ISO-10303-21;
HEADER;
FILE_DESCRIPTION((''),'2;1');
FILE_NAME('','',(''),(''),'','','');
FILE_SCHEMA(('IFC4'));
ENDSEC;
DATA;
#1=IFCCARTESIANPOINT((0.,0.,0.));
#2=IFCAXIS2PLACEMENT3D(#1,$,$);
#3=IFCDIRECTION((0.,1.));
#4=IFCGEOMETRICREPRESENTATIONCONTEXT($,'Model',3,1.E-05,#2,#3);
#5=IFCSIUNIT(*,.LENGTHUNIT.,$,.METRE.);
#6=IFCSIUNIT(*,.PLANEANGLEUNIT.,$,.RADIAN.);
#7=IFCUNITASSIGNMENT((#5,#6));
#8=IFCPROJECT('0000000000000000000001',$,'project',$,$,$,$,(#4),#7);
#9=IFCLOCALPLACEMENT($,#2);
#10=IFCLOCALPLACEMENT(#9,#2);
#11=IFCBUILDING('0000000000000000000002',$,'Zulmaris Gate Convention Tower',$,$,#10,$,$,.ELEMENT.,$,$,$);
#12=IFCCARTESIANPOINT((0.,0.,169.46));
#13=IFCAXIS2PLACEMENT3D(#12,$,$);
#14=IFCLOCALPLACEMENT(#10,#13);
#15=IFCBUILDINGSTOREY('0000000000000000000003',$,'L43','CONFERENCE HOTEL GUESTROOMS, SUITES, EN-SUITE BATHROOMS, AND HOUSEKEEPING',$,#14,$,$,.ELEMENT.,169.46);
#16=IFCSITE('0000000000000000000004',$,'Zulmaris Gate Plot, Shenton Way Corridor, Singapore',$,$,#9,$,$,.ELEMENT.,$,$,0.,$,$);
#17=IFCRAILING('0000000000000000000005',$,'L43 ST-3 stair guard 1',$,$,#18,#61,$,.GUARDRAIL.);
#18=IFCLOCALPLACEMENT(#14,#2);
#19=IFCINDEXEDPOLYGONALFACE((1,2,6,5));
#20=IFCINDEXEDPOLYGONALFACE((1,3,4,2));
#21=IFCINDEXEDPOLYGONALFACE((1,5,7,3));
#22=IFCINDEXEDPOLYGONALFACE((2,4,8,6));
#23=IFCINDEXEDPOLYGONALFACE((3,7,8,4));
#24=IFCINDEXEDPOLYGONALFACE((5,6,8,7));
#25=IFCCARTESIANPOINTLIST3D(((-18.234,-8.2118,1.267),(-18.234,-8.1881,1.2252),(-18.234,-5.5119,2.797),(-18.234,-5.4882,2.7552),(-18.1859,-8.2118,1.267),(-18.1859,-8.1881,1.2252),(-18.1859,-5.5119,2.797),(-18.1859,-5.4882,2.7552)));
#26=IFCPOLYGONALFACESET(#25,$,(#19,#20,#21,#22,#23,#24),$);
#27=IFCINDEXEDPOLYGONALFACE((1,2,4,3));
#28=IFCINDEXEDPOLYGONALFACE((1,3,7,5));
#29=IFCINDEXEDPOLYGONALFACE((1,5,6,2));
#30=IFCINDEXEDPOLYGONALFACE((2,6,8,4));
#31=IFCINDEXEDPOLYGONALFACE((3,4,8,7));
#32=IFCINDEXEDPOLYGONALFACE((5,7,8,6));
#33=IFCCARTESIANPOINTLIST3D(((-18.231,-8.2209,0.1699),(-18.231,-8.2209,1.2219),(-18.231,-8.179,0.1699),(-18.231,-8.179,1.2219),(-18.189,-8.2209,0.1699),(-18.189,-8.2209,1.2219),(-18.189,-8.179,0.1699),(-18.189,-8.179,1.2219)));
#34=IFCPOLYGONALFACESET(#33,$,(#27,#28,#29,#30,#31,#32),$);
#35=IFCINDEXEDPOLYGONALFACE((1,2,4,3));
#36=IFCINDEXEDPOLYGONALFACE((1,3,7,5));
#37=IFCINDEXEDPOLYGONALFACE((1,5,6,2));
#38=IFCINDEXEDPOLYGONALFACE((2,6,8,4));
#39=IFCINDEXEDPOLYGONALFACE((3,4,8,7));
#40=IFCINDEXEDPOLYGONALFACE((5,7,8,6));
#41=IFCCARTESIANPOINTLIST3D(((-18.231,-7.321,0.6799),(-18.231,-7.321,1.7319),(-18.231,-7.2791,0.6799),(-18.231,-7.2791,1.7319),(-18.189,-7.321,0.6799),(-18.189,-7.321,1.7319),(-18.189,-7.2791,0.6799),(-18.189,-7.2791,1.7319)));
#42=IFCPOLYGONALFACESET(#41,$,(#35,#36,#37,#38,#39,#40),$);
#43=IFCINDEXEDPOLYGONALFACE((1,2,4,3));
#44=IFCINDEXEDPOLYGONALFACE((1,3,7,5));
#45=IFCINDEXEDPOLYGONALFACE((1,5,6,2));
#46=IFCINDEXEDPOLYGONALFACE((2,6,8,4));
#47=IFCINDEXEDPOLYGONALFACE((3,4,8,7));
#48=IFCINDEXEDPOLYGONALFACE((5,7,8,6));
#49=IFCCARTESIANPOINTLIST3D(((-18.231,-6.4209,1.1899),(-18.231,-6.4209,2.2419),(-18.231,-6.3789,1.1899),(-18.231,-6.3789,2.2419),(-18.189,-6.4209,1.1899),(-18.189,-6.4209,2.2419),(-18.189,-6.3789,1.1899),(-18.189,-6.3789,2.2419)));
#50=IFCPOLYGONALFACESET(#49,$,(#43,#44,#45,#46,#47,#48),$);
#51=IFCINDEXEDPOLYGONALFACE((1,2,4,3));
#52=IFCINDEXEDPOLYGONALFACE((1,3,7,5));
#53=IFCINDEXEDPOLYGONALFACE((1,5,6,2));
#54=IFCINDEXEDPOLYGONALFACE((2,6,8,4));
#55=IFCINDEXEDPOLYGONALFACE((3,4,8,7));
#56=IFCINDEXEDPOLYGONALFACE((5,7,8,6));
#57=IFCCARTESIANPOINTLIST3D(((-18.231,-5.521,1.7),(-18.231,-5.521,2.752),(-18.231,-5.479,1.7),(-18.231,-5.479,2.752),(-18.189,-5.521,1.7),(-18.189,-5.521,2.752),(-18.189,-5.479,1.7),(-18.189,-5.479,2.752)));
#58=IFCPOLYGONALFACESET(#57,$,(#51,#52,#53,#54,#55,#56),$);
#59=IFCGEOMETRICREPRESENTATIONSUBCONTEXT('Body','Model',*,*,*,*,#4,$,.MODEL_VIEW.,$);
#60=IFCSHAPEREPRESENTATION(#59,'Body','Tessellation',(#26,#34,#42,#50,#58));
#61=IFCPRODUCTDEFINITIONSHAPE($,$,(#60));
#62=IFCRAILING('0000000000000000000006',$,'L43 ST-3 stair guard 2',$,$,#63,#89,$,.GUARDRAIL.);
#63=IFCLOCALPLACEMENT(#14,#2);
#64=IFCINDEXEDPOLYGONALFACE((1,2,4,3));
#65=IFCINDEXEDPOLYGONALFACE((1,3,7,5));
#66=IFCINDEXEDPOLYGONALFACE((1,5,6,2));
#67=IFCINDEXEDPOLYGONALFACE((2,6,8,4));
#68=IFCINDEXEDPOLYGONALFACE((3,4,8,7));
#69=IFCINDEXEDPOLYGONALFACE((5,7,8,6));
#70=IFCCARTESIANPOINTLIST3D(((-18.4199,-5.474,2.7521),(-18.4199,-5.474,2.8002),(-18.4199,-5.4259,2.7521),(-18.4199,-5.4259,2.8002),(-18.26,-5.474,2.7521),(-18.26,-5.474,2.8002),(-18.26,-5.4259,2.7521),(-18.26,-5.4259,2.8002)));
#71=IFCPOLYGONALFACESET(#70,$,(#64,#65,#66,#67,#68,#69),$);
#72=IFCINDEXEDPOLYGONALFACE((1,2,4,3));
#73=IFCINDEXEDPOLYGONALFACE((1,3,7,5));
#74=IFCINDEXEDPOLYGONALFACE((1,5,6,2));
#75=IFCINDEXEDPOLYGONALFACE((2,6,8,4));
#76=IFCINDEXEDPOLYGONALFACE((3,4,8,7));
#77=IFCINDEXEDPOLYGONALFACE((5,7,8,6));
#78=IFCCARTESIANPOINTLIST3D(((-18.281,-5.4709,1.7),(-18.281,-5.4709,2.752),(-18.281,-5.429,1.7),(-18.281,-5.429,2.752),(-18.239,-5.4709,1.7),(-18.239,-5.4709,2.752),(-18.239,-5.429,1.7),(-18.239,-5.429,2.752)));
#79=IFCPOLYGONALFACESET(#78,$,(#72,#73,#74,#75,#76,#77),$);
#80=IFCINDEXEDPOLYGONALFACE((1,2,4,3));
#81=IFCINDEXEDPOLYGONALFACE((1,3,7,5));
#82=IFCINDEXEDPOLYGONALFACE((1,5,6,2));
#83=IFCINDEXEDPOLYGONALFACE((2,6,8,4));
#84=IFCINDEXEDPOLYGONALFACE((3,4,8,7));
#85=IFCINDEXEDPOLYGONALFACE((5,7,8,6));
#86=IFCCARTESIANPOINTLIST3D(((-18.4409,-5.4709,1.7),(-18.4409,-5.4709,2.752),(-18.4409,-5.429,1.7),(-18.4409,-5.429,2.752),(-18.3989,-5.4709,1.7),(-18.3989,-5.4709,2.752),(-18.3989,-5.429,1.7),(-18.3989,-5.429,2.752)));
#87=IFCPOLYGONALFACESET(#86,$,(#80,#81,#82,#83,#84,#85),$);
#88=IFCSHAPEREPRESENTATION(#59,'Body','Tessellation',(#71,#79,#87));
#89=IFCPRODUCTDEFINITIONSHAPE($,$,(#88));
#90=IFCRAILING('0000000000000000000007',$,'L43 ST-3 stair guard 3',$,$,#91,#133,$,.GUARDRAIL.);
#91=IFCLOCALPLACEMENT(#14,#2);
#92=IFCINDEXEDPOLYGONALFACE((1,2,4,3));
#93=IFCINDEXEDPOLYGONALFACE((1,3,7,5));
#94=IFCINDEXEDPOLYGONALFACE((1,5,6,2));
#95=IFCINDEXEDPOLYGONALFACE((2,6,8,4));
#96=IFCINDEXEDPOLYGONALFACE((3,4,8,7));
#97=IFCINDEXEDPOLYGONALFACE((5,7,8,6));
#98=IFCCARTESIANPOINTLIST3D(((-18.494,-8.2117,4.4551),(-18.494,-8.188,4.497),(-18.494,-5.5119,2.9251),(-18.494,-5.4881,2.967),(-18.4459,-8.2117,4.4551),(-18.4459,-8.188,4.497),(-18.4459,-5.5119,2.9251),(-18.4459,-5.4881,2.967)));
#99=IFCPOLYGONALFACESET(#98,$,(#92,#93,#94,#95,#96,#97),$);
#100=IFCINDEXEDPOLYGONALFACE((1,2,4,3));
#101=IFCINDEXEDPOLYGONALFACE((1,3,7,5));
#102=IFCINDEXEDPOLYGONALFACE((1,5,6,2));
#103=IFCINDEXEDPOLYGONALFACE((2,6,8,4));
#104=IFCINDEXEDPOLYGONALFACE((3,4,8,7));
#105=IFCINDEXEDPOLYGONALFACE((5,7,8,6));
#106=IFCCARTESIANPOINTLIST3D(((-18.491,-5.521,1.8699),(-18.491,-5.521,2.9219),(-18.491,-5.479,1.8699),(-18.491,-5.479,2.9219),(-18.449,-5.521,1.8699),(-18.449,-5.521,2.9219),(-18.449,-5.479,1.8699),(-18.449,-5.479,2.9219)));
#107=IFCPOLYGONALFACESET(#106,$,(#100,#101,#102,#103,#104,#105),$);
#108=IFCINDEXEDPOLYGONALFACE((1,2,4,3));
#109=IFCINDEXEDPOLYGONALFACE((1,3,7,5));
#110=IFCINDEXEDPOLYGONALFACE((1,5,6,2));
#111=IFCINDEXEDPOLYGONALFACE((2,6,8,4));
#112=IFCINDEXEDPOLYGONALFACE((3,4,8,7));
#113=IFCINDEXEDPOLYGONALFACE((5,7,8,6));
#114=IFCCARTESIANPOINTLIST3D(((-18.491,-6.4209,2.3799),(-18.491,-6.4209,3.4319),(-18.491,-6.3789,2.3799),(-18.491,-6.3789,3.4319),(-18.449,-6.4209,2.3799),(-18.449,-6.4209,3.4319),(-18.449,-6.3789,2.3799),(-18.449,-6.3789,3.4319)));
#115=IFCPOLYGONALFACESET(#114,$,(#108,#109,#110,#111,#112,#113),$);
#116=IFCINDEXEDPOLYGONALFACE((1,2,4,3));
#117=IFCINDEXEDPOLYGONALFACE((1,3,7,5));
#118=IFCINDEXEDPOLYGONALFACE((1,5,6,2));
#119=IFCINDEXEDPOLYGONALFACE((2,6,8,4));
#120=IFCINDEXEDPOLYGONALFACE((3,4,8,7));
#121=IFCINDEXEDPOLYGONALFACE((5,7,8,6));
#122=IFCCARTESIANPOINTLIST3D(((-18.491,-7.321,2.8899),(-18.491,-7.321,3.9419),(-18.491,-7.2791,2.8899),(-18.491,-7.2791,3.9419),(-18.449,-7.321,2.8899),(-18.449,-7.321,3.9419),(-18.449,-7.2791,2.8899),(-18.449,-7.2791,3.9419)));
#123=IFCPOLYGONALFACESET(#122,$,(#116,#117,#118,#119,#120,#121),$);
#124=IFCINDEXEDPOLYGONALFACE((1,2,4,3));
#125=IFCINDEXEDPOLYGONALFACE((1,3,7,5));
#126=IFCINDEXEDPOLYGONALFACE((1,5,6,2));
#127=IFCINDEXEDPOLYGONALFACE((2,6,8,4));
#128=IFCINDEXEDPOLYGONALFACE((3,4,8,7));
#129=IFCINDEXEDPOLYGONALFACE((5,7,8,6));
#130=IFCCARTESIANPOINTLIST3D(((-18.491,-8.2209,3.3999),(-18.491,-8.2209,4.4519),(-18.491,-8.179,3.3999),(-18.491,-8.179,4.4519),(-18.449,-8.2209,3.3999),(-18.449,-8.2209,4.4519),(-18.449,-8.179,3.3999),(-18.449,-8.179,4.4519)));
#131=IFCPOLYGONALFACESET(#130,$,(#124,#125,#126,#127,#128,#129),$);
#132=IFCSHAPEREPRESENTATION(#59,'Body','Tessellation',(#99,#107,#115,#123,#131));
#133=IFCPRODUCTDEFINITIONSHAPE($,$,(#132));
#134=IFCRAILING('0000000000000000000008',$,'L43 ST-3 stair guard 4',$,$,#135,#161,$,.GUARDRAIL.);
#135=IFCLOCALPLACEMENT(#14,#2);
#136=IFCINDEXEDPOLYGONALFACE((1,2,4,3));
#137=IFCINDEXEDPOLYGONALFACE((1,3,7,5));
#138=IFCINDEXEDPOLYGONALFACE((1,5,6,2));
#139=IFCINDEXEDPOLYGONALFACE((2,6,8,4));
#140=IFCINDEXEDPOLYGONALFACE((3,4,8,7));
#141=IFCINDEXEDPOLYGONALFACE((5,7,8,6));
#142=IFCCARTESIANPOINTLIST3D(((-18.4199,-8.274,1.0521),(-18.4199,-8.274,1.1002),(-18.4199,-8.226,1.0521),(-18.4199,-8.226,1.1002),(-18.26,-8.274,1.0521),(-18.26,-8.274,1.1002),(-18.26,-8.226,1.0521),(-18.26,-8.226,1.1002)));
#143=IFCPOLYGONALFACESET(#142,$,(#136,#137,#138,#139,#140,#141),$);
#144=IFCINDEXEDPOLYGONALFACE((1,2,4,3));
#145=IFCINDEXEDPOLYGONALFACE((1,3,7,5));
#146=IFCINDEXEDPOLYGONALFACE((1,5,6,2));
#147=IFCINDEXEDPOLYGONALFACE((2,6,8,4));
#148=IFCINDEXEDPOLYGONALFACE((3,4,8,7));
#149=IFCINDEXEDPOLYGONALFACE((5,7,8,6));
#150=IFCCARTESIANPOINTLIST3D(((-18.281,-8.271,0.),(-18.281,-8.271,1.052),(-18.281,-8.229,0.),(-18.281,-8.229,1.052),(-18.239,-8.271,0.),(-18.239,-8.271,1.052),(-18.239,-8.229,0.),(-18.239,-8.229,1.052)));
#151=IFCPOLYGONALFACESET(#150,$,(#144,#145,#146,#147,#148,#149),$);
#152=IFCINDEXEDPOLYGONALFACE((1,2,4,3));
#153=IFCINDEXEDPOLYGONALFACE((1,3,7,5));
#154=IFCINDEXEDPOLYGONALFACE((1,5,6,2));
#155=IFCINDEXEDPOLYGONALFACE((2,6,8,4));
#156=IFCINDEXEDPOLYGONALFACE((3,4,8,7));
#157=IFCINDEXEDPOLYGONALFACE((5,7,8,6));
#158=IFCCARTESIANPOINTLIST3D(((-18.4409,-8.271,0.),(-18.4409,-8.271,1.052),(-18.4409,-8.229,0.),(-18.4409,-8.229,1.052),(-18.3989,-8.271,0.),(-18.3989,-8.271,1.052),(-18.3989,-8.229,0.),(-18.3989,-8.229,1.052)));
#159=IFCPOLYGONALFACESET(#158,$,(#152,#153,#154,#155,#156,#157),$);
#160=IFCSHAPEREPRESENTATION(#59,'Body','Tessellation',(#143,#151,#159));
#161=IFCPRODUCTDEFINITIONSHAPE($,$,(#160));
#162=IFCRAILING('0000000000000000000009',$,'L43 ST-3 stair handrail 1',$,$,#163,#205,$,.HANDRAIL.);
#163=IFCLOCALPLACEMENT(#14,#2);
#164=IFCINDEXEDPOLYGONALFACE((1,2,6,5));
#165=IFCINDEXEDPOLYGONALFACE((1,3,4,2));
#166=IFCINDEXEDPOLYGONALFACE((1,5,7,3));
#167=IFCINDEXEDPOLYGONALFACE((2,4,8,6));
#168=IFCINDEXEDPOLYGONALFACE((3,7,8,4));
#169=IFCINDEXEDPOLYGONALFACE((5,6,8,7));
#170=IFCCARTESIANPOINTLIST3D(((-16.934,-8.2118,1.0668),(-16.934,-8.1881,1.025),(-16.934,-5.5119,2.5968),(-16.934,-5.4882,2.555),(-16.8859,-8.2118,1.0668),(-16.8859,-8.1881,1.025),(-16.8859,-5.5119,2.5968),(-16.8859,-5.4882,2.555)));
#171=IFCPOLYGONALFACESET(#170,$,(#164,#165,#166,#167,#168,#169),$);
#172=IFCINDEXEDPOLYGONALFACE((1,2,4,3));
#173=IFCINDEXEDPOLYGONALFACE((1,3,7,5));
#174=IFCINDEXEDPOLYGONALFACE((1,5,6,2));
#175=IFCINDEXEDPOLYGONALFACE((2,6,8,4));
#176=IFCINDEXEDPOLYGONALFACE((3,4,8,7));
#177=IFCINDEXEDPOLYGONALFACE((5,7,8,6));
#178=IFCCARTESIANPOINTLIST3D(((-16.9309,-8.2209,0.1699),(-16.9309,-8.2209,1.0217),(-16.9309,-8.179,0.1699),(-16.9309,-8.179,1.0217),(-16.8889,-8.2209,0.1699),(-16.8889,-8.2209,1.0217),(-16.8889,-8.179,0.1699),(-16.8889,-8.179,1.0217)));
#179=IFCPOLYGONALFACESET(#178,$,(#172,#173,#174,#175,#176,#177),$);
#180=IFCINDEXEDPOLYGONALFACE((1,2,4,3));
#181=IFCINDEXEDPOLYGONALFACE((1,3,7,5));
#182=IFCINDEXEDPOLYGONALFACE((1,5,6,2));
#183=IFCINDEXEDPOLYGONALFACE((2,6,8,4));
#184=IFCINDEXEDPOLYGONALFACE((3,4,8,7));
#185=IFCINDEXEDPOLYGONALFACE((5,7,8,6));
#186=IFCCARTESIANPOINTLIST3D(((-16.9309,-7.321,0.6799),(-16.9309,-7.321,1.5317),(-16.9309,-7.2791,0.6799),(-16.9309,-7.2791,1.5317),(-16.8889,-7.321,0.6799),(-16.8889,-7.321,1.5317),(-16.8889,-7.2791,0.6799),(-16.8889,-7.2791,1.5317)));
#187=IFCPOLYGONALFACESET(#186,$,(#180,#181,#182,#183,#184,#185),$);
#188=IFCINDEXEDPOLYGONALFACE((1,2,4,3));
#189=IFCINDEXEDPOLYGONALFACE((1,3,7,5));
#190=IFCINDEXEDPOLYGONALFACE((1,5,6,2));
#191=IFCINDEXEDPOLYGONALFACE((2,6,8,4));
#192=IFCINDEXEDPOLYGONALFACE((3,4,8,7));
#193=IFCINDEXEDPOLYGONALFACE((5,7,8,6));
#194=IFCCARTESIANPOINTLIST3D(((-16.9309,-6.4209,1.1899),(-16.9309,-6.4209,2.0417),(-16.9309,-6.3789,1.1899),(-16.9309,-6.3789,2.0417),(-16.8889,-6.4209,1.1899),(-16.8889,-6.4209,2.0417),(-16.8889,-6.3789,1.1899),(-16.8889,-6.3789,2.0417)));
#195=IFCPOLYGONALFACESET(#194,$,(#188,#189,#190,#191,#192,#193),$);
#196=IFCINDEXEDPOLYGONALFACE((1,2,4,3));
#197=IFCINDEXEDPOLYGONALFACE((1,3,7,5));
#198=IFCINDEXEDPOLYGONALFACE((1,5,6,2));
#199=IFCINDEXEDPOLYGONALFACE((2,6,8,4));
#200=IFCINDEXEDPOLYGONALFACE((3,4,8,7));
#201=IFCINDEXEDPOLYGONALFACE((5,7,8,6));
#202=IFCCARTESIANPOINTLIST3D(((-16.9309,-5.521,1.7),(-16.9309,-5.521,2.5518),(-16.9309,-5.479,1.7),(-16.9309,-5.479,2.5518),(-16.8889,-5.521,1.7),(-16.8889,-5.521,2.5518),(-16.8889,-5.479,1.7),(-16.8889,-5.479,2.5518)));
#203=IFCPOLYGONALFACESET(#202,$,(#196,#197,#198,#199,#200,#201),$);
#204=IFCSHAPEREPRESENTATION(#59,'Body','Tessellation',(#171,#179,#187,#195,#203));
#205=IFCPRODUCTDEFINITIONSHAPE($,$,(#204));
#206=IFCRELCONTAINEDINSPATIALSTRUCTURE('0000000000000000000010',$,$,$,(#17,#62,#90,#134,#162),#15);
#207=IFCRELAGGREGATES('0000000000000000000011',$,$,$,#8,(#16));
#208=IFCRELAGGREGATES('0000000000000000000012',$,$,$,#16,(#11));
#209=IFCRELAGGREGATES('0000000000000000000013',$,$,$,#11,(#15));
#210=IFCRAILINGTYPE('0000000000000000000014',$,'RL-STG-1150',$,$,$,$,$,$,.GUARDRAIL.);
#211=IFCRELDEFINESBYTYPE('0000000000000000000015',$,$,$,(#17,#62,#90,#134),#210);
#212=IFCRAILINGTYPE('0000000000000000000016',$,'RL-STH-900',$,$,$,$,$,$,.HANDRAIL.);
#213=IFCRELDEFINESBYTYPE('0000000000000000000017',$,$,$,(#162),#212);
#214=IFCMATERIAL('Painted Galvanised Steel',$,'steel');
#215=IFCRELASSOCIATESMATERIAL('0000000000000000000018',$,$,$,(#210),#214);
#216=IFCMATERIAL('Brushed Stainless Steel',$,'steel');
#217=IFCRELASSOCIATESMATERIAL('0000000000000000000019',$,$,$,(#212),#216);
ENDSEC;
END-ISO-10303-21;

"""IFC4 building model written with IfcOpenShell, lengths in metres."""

from ifc_helpers import new_model, si_unit, direction, frame, origin, origin_2d, place, context, subcontext, project, spatial, rectangle, extrude, material, type_object, element, save


model = new_model("IFC4")

# Units and contexts
model_context = context("Model", 3, precision=1e-05, world=origin(), true_north=direction((0.0, 1.0)))
body_context = subcontext(model_context, "Body", "Model", "MODEL_VIEW")
ifc_project = project(units=[si_unit("LENGTHUNIT", "METRE"), si_unit("PLANEANGLEUNIT", "RADIAN")], contexts=[model_context])

# Site, building, storey
site_placement = place(None, origin())
site = spatial("IfcSite", under=ifc_project, at=site_placement, Name="Zulmaris Gate Plot, Shenton Way Corridor, Singapore", CompositionType="ELEMENT", RefElevation=0.0)
building_placement = place(site_placement, origin())
building = spatial("IfcBuilding", under=site, at=building_placement, Name="Zulmaris Gate Convention Tower", CompositionType="ELEMENT")
storey_placement = place(building_placement, frame((0.0, 0.0, 169.46)))
storey = spatial("IfcBuildingStorey", under=building, at=storey_placement, Name="L43", Description="CONFERENCE HOTEL GUESTROOMS, SUITES, EN-SUITE BATHROOMS, AND HOUSEKEEPING", CompositionType="ELEMENT", Elevation=169.46)

# Shared definitions
ifc_material_1 = material(Name="Brushed Stainless Steel", Category="steel")

# Railings
ifc_material_2 = material(Name="Painted Galvanised Steel", Category="steel")
railing_type_1 = type_object("IfcRailingType", Name="RL-STG-1150", PredefinedType="GUARDRAIL", material=ifc_material_2)
railing_1_placement = place(storey_placement, frame((-18.21, -8.2, 0.1699)))
element("IfcRailing", 1, at=railing_1_placement, inside=storey, type_object=railing_type_1, Name="L43 ST-3 stair guard 1", PredefinedType="GUARDRAIL", context=body_context, shape_type="SweptSolid", body=[
    extrude(rectangle(XDim=0.0481, YDim=0.0481, at=origin_2d()), frame((0.0, 0.0, 1.0762), z_axis=(0.0, 0.870014, 0.493026), x_axis=(-1.0, 0.0, 0.0)), (0.0, 0.0, 1.0), 3.1033),
    extrude(rectangle(XDim=0.042, YDim=0.042, at=origin_2d()), origin(), (0.0, 0.0, 1.0), 1.052),
    extrude(rectangle(XDim=0.042, YDim=0.042, at=origin_2d()), frame((0.0, 0.8999, 0.51)), (0.0, 0.0, 1.0), 1.052),
    extrude(rectangle(XDim=0.042, YDim=0.042, at=origin_2d()), frame((0.0, 1.8, 1.02)), (0.0, 0.0, 1.0), 1.052),
    extrude(rectangle(XDim=0.042, YDim=0.042, at=origin_2d()), frame((0.0, 2.7, 1.53)), (0.0, 0.0, 1.0), 1.052),
])
railing_2_placement = place(storey_placement, frame((-18.26, -5.45, 1.7)))
element("IfcRailing", 2, at=railing_2_placement, inside=storey, type_object=railing_type_1, Name="L43 ST-3 stair guard 2", PredefinedType="GUARDRAIL", context=body_context, shape_type="SweptSolid", body=[
    extrude(rectangle(XDim=0.0481, YDim=0.0481, at=origin_2d()), frame((0.0, 0.0, 1.0762), z_axis=(-1.0, 0.0, 0.0), x_axis=(0.0, -1.0, 0.0)), (0.0, 0.0, 1.0), 0.1599),
    extrude(rectangle(XDim=0.042, YDim=0.042, at=origin_2d()), origin(), (0.0, 0.0, 1.0), 1.052),
    extrude(rectangle(XDim=0.042, YDim=0.042, at=origin_2d()), frame((-0.1599, 0.0, 0.0)), (0.0, 0.0, 1.0), 1.052),
])
railing_3_placement = place(storey_placement, frame((-18.47, -5.5, 1.8699)))
element("IfcRailing", 3, at=railing_3_placement, inside=storey, type_object=railing_type_1, Name="L43 ST-3 stair guard 3", PredefinedType="GUARDRAIL", context=body_context, shape_type="SweptSolid", body=[
    extrude(rectangle(XDim=0.0481, YDim=0.0481, at=origin_2d()), frame((0.0, 0.0, 1.0762), z_axis=(0.0, -0.870014, 0.493026), x_axis=(1.0, 0.0, 0.0)), (0.0, 0.0, 1.0), 3.1033),
    extrude(rectangle(XDim=0.042, YDim=0.042, at=origin_2d()), origin(), (0.0, 0.0, 1.0), 1.052),
    extrude(rectangle(XDim=0.042, YDim=0.042, at=origin_2d()), frame((0.0, -0.8999, 0.51)), (0.0, 0.0, 1.0), 1.052),
    extrude(rectangle(XDim=0.042, YDim=0.042, at=origin_2d()), frame((0.0, -1.8, 1.02)), (0.0, 0.0, 1.0), 1.052),
    extrude(rectangle(XDim=0.042, YDim=0.042, at=origin_2d()), frame((0.0, -2.7, 1.53)), (0.0, 0.0, 1.0), 1.052),
])
railing_4_placement = place(storey_placement, frame((-18.26, -8.25, 0.0)))
element("IfcRailing", 4, at=railing_4_placement, inside=storey, type_object=railing_type_1, Name="L43 ST-3 stair guard 4", PredefinedType="GUARDRAIL", context=body_context, shape_type="SweptSolid", body=[
    extrude(rectangle(XDim=0.0481, YDim=0.0481, at=origin_2d()), frame((0.0, 0.0, 1.0762), z_axis=(-1.0, 0.0, 0.0), x_axis=(0.0, -1.0, 0.0)), (0.0, 0.0, 1.0), 0.1599),
    extrude(rectangle(XDim=0.042, YDim=0.042, at=origin_2d()), origin(), (0.0, 0.0, 1.0), 1.052),
    extrude(rectangle(XDim=0.042, YDim=0.042, at=origin_2d()), frame((-0.1599, 0.0, 0.0)), (0.0, 0.0, 1.0), 1.052),
])
railing_type_2 = type_object("IfcRailingType", Name="RL-STH-900", PredefinedType="HANDRAIL", material=ifc_material_1)
railing_5_placement = place(storey_placement, frame((-16.9099, -8.2, 0.1699)))
element("IfcRailing", 5, at=railing_5_placement, inside=storey, type_object=railing_type_2, Name="L43 ST-3 stair handrail 1", PredefinedType="HANDRAIL", context=body_context, shape_type="SweptSolid", body=[
    extrude(rectangle(XDim=0.0481, YDim=0.0481, at=origin_2d()), frame((0.0, 0.0, 0.876), z_axis=(0.0, 0.870014, 0.493026), x_axis=(-1.0, 0.0, 0.0)), (0.0, 0.0, 1.0), 3.1033),
    extrude(rectangle(XDim=0.042, YDim=0.042, at=origin_2d()), origin(), (0.0, 0.0, 1.0), 0.8518),
    extrude(rectangle(XDim=0.042, YDim=0.042, at=origin_2d()), frame((0.0, 0.8999, 0.51)), (0.0, 0.0, 1.0), 0.8518),
    extrude(rectangle(XDim=0.042, YDim=0.042, at=origin_2d()), frame((0.0, 1.8, 1.02)), (0.0, 0.0, 1.0), 0.8518),
    extrude(rectangle(XDim=0.042, YDim=0.042, at=origin_2d()), frame((0.0, 2.7, 1.53)), (0.0, 0.0, 1.0), 0.8518),
])

save(model, "model.ifc")
